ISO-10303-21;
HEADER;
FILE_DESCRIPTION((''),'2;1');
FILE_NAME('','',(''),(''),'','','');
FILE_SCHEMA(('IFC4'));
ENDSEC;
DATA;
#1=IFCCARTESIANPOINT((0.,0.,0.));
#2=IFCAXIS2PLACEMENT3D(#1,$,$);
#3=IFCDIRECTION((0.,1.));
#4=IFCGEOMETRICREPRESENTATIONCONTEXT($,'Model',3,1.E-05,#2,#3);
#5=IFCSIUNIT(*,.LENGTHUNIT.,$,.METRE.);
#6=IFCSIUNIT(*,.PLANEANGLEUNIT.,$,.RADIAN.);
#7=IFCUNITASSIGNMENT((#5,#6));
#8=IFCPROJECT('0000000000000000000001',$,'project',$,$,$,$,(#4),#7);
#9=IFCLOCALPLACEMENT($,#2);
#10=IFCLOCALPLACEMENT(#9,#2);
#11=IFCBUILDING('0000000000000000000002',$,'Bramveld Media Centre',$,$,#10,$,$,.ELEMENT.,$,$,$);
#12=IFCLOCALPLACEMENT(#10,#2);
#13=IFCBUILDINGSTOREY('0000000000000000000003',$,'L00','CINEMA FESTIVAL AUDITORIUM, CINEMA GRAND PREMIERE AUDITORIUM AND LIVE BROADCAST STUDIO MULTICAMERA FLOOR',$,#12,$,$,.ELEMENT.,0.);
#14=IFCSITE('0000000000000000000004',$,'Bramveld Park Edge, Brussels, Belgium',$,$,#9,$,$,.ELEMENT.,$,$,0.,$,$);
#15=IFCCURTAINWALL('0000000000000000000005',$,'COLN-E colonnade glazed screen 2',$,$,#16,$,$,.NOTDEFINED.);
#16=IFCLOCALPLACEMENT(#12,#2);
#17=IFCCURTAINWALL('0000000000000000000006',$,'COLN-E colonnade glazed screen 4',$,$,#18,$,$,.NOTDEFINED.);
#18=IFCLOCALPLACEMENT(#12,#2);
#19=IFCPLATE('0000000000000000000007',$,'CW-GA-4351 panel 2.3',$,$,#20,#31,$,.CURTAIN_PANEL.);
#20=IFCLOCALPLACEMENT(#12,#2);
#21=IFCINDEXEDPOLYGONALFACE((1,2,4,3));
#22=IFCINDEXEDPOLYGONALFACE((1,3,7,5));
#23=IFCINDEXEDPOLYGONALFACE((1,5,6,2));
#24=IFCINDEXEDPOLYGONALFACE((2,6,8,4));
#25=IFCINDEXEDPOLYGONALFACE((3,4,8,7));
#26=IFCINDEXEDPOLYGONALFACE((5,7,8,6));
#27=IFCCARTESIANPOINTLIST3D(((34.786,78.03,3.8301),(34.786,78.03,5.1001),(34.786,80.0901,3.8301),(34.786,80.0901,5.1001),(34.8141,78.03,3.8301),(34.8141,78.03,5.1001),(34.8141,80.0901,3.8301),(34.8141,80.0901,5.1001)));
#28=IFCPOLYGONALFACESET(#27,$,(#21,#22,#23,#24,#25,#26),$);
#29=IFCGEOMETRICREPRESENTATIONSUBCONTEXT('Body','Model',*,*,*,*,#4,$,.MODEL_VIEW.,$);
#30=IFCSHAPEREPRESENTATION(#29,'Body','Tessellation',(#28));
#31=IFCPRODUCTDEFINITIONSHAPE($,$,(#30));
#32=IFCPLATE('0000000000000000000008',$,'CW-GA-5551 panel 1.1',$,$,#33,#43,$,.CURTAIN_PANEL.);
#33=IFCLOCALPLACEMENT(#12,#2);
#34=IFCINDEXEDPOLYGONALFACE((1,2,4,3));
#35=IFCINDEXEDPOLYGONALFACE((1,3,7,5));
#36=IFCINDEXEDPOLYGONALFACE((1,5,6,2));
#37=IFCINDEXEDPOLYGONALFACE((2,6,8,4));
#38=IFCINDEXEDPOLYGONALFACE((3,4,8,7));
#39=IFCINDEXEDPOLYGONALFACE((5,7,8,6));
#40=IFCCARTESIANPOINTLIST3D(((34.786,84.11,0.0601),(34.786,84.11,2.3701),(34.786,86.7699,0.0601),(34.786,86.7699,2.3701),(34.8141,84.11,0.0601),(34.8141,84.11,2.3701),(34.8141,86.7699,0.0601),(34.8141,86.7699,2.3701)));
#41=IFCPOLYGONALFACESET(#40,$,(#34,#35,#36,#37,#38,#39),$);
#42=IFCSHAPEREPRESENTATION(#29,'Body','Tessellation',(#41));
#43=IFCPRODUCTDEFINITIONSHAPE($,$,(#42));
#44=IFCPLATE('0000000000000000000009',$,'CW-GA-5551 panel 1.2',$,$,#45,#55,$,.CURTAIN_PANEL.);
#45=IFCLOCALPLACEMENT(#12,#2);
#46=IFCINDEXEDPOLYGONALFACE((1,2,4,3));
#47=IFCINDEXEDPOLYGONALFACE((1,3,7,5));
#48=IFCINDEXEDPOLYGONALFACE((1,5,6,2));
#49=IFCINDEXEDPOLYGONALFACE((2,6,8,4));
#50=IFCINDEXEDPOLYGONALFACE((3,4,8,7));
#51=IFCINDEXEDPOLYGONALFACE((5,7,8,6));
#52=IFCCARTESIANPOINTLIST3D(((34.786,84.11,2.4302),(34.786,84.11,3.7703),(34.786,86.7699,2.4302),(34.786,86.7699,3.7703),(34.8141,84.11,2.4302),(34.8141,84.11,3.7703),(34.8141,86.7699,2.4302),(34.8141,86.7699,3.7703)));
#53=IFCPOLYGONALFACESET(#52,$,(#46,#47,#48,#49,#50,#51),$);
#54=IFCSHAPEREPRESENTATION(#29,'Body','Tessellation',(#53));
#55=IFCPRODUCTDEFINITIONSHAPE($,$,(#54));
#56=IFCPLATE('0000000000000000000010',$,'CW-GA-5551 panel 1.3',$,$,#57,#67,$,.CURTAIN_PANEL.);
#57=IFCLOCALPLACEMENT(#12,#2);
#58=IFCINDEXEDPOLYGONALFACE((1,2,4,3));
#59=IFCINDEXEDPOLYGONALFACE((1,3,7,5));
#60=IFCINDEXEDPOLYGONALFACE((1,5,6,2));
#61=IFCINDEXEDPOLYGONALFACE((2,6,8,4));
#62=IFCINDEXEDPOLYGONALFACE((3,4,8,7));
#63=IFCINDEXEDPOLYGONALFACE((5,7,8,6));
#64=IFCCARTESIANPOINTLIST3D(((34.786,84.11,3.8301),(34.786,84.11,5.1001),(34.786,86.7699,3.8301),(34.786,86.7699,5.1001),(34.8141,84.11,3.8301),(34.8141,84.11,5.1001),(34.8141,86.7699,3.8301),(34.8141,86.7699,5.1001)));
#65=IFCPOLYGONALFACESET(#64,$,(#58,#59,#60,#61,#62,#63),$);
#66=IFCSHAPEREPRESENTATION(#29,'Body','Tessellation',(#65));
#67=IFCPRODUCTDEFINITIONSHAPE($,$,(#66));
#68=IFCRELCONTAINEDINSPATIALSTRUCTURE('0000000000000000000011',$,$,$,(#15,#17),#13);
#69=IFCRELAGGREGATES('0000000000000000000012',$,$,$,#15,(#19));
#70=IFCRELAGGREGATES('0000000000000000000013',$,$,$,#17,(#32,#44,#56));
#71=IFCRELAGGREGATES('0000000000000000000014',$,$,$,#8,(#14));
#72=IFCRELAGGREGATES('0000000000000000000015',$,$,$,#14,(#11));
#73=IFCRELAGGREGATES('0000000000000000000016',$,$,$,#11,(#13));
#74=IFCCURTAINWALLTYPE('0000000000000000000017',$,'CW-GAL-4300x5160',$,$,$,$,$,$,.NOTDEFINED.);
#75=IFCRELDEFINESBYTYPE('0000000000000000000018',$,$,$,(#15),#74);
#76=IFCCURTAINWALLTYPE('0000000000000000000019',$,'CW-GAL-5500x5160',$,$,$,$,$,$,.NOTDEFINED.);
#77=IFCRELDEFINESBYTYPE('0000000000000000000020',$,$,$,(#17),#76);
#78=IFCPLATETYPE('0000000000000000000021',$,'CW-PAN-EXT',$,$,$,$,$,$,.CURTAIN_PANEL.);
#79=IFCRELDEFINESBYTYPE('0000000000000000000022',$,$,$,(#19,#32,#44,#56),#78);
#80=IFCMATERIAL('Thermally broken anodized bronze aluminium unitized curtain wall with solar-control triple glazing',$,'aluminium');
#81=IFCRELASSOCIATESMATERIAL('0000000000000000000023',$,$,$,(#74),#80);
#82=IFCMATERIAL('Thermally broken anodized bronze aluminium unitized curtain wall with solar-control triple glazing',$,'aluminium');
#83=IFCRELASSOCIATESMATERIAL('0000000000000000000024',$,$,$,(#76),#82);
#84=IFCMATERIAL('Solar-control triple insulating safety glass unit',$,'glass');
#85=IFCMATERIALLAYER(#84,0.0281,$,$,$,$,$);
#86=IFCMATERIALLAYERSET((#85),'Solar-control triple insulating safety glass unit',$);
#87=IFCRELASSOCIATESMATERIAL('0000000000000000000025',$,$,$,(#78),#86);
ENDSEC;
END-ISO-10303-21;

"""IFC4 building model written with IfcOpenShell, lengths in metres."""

from ifc_helpers import new_model, si_unit, direction, frame, origin, origin_2d, place, context, subcontext, project, spatial, rectangle, extrude, material, layer, layer_set, type_object, element, aggregate, save


model = new_model("IFC4")

# Units and contexts
model_context = context("Model", 3, precision=1e-05, world=origin(), true_north=direction((0.0, 1.0)))
body_context = subcontext(model_context, "Body", "Model", "MODEL_VIEW")
ifc_project = project(units=[si_unit("LENGTHUNIT", "METRE"), si_unit("PLANEANGLEUNIT", "RADIAN")], contexts=[model_context])

# Site, building, storey
site_placement = place(None, origin())
site = spatial("IfcSite", under=ifc_project, at=site_placement, Name="Bramveld Park Edge, Brussels, Belgium", CompositionType="ELEMENT", RefElevation=0.0)
building_placement = place(site_placement, origin())
building = spatial("IfcBuilding", under=site, at=building_placement, Name="Bramveld Media Centre", CompositionType="ELEMENT")
storey_placement = place(building_placement, origin())
storey = spatial("IfcBuildingStorey", under=building, at=storey_placement, Name="L00", Description="CINEMA FESTIVAL AUDITORIUM, CINEMA GRAND PREMIERE AUDITORIUM AND LIVE BROADCAST STUDIO MULTICAMERA FLOOR", CompositionType="ELEMENT", Elevation=0.0)

# Curtain walls
ifc_material_1 = material(Name="Thermally broken anodized bronze aluminium unitized curtain wall with solar-control triple glazing", Category="aluminium")
curtain_wall_type_1 = type_object("IfcCurtainWallType", Name="CW-GAL-4300x5160", PredefinedType="NOTDEFINED", material=ifc_material_1)
curtain_wall_1_placement = place(storey_placement, origin())
curtain_wall_1 = element("IfcCurtainWall", 1, at=curtain_wall_1_placement, inside=storey, type_object=curtain_wall_type_1, Name="COLN-E colonnade glazed screen 2", PredefinedType="NOTDEFINED")
ifc_material_2 = material(Name="Thermally broken anodized bronze aluminium unitized curtain wall with solar-control triple glazing", Category="aluminium")
curtain_wall_type_2 = type_object("IfcCurtainWallType", Name="CW-GAL-5500x5160", PredefinedType="NOTDEFINED", material=ifc_material_2)
curtain_wall_2_placement = place(storey_placement, origin())
curtain_wall_2 = element("IfcCurtainWall", 2, at=curtain_wall_2_placement, inside=storey, type_object=curtain_wall_type_2, Name="COLN-E colonnade glazed screen 4", PredefinedType="NOTDEFINED")

# Plates
ifc_material_3 = material(Name="Solar-control triple insulating safety glass unit", Category="glass")
ifc_layer = layer(ifc_material_3, 0.0281)
ifc_layer_set = layer_set([ifc_layer], Name="Solar-control triple insulating safety glass unit")
plate_type = type_object("IfcPlateType", Name="CW-PAN-EXT", PredefinedType="CURTAIN_PANEL", material=ifc_layer_set)
plate_1_placement = place(storey_placement, frame((34.8, 79.0601, 3.8301), z_axis=(0.0, 0.0, 1.0), x_axis=(0.0, 1.0, 0.0)))
plate_1 = element("IfcPlate", 3, at=plate_1_placement, type_object=plate_type, Name="CW-GA-4351 panel 2.3", PredefinedType="CURTAIN_PANEL", context=body_context, shape_type="SweptSolid", body=[
    extrude(rectangle(XDim=2.0601, YDim=0.0281, at=origin_2d()), origin(), (0.0, 0.0, 1.0), 1.27),
])
aggregate(curtain_wall_1, [plate_1])
plate_2_placement = place(storey_placement, frame((34.8, 85.4399, 0.0601), z_axis=(0.0, 0.0, 1.0), x_axis=(0.0, 1.0, 0.0)))
plate_2 = element("IfcPlate", 4, at=plate_2_placement, type_object=plate_type, Name="CW-GA-5551 panel 1.1", PredefinedType="CURTAIN_PANEL", context=body_context, shape_type="SweptSolid", body=[
    extrude(rectangle(XDim=2.6599, YDim=0.0281, at=origin_2d()), origin(), (0.0, 0.0, 1.0), 2.3101),
])
plate_3_placement = place(storey_placement, frame((34.8, 85.4399, 2.4302), z_axis=(0.0, 0.0, 1.0), x_axis=(0.0, 1.0, 0.0)))
plate_3 = element("IfcPlate", 5, at=plate_3_placement, type_object=plate_type, Name="CW-GA-5551 panel 1.2", PredefinedType="CURTAIN_PANEL", context=body_context, shape_type="SweptSolid", body=[
    extrude(rectangle(XDim=2.6599, YDim=0.0281, at=origin_2d()), origin(), (0.0, 0.0, 1.0), 1.3401),
])
plate_4_placement = place(storey_placement, frame((34.8, 85.4399, 3.8301), z_axis=(0.0, 0.0, 1.0), x_axis=(0.0, 1.0, 0.0)))
plate_4 = element("IfcPlate", 6, at=plate_4_placement, type_object=plate_type, Name="CW-GA-5551 panel 1.3", PredefinedType="CURTAIN_PANEL", context=body_context, shape_type="SweptSolid", body=[
    extrude(rectangle(XDim=2.6599, YDim=0.0281, at=origin_2d()), origin(), (0.0, 0.0, 1.0), 1.27),
])
aggregate(curtain_wall_2, [plate_2, plate_3, plate_4])

save(model, "model.ifc")
